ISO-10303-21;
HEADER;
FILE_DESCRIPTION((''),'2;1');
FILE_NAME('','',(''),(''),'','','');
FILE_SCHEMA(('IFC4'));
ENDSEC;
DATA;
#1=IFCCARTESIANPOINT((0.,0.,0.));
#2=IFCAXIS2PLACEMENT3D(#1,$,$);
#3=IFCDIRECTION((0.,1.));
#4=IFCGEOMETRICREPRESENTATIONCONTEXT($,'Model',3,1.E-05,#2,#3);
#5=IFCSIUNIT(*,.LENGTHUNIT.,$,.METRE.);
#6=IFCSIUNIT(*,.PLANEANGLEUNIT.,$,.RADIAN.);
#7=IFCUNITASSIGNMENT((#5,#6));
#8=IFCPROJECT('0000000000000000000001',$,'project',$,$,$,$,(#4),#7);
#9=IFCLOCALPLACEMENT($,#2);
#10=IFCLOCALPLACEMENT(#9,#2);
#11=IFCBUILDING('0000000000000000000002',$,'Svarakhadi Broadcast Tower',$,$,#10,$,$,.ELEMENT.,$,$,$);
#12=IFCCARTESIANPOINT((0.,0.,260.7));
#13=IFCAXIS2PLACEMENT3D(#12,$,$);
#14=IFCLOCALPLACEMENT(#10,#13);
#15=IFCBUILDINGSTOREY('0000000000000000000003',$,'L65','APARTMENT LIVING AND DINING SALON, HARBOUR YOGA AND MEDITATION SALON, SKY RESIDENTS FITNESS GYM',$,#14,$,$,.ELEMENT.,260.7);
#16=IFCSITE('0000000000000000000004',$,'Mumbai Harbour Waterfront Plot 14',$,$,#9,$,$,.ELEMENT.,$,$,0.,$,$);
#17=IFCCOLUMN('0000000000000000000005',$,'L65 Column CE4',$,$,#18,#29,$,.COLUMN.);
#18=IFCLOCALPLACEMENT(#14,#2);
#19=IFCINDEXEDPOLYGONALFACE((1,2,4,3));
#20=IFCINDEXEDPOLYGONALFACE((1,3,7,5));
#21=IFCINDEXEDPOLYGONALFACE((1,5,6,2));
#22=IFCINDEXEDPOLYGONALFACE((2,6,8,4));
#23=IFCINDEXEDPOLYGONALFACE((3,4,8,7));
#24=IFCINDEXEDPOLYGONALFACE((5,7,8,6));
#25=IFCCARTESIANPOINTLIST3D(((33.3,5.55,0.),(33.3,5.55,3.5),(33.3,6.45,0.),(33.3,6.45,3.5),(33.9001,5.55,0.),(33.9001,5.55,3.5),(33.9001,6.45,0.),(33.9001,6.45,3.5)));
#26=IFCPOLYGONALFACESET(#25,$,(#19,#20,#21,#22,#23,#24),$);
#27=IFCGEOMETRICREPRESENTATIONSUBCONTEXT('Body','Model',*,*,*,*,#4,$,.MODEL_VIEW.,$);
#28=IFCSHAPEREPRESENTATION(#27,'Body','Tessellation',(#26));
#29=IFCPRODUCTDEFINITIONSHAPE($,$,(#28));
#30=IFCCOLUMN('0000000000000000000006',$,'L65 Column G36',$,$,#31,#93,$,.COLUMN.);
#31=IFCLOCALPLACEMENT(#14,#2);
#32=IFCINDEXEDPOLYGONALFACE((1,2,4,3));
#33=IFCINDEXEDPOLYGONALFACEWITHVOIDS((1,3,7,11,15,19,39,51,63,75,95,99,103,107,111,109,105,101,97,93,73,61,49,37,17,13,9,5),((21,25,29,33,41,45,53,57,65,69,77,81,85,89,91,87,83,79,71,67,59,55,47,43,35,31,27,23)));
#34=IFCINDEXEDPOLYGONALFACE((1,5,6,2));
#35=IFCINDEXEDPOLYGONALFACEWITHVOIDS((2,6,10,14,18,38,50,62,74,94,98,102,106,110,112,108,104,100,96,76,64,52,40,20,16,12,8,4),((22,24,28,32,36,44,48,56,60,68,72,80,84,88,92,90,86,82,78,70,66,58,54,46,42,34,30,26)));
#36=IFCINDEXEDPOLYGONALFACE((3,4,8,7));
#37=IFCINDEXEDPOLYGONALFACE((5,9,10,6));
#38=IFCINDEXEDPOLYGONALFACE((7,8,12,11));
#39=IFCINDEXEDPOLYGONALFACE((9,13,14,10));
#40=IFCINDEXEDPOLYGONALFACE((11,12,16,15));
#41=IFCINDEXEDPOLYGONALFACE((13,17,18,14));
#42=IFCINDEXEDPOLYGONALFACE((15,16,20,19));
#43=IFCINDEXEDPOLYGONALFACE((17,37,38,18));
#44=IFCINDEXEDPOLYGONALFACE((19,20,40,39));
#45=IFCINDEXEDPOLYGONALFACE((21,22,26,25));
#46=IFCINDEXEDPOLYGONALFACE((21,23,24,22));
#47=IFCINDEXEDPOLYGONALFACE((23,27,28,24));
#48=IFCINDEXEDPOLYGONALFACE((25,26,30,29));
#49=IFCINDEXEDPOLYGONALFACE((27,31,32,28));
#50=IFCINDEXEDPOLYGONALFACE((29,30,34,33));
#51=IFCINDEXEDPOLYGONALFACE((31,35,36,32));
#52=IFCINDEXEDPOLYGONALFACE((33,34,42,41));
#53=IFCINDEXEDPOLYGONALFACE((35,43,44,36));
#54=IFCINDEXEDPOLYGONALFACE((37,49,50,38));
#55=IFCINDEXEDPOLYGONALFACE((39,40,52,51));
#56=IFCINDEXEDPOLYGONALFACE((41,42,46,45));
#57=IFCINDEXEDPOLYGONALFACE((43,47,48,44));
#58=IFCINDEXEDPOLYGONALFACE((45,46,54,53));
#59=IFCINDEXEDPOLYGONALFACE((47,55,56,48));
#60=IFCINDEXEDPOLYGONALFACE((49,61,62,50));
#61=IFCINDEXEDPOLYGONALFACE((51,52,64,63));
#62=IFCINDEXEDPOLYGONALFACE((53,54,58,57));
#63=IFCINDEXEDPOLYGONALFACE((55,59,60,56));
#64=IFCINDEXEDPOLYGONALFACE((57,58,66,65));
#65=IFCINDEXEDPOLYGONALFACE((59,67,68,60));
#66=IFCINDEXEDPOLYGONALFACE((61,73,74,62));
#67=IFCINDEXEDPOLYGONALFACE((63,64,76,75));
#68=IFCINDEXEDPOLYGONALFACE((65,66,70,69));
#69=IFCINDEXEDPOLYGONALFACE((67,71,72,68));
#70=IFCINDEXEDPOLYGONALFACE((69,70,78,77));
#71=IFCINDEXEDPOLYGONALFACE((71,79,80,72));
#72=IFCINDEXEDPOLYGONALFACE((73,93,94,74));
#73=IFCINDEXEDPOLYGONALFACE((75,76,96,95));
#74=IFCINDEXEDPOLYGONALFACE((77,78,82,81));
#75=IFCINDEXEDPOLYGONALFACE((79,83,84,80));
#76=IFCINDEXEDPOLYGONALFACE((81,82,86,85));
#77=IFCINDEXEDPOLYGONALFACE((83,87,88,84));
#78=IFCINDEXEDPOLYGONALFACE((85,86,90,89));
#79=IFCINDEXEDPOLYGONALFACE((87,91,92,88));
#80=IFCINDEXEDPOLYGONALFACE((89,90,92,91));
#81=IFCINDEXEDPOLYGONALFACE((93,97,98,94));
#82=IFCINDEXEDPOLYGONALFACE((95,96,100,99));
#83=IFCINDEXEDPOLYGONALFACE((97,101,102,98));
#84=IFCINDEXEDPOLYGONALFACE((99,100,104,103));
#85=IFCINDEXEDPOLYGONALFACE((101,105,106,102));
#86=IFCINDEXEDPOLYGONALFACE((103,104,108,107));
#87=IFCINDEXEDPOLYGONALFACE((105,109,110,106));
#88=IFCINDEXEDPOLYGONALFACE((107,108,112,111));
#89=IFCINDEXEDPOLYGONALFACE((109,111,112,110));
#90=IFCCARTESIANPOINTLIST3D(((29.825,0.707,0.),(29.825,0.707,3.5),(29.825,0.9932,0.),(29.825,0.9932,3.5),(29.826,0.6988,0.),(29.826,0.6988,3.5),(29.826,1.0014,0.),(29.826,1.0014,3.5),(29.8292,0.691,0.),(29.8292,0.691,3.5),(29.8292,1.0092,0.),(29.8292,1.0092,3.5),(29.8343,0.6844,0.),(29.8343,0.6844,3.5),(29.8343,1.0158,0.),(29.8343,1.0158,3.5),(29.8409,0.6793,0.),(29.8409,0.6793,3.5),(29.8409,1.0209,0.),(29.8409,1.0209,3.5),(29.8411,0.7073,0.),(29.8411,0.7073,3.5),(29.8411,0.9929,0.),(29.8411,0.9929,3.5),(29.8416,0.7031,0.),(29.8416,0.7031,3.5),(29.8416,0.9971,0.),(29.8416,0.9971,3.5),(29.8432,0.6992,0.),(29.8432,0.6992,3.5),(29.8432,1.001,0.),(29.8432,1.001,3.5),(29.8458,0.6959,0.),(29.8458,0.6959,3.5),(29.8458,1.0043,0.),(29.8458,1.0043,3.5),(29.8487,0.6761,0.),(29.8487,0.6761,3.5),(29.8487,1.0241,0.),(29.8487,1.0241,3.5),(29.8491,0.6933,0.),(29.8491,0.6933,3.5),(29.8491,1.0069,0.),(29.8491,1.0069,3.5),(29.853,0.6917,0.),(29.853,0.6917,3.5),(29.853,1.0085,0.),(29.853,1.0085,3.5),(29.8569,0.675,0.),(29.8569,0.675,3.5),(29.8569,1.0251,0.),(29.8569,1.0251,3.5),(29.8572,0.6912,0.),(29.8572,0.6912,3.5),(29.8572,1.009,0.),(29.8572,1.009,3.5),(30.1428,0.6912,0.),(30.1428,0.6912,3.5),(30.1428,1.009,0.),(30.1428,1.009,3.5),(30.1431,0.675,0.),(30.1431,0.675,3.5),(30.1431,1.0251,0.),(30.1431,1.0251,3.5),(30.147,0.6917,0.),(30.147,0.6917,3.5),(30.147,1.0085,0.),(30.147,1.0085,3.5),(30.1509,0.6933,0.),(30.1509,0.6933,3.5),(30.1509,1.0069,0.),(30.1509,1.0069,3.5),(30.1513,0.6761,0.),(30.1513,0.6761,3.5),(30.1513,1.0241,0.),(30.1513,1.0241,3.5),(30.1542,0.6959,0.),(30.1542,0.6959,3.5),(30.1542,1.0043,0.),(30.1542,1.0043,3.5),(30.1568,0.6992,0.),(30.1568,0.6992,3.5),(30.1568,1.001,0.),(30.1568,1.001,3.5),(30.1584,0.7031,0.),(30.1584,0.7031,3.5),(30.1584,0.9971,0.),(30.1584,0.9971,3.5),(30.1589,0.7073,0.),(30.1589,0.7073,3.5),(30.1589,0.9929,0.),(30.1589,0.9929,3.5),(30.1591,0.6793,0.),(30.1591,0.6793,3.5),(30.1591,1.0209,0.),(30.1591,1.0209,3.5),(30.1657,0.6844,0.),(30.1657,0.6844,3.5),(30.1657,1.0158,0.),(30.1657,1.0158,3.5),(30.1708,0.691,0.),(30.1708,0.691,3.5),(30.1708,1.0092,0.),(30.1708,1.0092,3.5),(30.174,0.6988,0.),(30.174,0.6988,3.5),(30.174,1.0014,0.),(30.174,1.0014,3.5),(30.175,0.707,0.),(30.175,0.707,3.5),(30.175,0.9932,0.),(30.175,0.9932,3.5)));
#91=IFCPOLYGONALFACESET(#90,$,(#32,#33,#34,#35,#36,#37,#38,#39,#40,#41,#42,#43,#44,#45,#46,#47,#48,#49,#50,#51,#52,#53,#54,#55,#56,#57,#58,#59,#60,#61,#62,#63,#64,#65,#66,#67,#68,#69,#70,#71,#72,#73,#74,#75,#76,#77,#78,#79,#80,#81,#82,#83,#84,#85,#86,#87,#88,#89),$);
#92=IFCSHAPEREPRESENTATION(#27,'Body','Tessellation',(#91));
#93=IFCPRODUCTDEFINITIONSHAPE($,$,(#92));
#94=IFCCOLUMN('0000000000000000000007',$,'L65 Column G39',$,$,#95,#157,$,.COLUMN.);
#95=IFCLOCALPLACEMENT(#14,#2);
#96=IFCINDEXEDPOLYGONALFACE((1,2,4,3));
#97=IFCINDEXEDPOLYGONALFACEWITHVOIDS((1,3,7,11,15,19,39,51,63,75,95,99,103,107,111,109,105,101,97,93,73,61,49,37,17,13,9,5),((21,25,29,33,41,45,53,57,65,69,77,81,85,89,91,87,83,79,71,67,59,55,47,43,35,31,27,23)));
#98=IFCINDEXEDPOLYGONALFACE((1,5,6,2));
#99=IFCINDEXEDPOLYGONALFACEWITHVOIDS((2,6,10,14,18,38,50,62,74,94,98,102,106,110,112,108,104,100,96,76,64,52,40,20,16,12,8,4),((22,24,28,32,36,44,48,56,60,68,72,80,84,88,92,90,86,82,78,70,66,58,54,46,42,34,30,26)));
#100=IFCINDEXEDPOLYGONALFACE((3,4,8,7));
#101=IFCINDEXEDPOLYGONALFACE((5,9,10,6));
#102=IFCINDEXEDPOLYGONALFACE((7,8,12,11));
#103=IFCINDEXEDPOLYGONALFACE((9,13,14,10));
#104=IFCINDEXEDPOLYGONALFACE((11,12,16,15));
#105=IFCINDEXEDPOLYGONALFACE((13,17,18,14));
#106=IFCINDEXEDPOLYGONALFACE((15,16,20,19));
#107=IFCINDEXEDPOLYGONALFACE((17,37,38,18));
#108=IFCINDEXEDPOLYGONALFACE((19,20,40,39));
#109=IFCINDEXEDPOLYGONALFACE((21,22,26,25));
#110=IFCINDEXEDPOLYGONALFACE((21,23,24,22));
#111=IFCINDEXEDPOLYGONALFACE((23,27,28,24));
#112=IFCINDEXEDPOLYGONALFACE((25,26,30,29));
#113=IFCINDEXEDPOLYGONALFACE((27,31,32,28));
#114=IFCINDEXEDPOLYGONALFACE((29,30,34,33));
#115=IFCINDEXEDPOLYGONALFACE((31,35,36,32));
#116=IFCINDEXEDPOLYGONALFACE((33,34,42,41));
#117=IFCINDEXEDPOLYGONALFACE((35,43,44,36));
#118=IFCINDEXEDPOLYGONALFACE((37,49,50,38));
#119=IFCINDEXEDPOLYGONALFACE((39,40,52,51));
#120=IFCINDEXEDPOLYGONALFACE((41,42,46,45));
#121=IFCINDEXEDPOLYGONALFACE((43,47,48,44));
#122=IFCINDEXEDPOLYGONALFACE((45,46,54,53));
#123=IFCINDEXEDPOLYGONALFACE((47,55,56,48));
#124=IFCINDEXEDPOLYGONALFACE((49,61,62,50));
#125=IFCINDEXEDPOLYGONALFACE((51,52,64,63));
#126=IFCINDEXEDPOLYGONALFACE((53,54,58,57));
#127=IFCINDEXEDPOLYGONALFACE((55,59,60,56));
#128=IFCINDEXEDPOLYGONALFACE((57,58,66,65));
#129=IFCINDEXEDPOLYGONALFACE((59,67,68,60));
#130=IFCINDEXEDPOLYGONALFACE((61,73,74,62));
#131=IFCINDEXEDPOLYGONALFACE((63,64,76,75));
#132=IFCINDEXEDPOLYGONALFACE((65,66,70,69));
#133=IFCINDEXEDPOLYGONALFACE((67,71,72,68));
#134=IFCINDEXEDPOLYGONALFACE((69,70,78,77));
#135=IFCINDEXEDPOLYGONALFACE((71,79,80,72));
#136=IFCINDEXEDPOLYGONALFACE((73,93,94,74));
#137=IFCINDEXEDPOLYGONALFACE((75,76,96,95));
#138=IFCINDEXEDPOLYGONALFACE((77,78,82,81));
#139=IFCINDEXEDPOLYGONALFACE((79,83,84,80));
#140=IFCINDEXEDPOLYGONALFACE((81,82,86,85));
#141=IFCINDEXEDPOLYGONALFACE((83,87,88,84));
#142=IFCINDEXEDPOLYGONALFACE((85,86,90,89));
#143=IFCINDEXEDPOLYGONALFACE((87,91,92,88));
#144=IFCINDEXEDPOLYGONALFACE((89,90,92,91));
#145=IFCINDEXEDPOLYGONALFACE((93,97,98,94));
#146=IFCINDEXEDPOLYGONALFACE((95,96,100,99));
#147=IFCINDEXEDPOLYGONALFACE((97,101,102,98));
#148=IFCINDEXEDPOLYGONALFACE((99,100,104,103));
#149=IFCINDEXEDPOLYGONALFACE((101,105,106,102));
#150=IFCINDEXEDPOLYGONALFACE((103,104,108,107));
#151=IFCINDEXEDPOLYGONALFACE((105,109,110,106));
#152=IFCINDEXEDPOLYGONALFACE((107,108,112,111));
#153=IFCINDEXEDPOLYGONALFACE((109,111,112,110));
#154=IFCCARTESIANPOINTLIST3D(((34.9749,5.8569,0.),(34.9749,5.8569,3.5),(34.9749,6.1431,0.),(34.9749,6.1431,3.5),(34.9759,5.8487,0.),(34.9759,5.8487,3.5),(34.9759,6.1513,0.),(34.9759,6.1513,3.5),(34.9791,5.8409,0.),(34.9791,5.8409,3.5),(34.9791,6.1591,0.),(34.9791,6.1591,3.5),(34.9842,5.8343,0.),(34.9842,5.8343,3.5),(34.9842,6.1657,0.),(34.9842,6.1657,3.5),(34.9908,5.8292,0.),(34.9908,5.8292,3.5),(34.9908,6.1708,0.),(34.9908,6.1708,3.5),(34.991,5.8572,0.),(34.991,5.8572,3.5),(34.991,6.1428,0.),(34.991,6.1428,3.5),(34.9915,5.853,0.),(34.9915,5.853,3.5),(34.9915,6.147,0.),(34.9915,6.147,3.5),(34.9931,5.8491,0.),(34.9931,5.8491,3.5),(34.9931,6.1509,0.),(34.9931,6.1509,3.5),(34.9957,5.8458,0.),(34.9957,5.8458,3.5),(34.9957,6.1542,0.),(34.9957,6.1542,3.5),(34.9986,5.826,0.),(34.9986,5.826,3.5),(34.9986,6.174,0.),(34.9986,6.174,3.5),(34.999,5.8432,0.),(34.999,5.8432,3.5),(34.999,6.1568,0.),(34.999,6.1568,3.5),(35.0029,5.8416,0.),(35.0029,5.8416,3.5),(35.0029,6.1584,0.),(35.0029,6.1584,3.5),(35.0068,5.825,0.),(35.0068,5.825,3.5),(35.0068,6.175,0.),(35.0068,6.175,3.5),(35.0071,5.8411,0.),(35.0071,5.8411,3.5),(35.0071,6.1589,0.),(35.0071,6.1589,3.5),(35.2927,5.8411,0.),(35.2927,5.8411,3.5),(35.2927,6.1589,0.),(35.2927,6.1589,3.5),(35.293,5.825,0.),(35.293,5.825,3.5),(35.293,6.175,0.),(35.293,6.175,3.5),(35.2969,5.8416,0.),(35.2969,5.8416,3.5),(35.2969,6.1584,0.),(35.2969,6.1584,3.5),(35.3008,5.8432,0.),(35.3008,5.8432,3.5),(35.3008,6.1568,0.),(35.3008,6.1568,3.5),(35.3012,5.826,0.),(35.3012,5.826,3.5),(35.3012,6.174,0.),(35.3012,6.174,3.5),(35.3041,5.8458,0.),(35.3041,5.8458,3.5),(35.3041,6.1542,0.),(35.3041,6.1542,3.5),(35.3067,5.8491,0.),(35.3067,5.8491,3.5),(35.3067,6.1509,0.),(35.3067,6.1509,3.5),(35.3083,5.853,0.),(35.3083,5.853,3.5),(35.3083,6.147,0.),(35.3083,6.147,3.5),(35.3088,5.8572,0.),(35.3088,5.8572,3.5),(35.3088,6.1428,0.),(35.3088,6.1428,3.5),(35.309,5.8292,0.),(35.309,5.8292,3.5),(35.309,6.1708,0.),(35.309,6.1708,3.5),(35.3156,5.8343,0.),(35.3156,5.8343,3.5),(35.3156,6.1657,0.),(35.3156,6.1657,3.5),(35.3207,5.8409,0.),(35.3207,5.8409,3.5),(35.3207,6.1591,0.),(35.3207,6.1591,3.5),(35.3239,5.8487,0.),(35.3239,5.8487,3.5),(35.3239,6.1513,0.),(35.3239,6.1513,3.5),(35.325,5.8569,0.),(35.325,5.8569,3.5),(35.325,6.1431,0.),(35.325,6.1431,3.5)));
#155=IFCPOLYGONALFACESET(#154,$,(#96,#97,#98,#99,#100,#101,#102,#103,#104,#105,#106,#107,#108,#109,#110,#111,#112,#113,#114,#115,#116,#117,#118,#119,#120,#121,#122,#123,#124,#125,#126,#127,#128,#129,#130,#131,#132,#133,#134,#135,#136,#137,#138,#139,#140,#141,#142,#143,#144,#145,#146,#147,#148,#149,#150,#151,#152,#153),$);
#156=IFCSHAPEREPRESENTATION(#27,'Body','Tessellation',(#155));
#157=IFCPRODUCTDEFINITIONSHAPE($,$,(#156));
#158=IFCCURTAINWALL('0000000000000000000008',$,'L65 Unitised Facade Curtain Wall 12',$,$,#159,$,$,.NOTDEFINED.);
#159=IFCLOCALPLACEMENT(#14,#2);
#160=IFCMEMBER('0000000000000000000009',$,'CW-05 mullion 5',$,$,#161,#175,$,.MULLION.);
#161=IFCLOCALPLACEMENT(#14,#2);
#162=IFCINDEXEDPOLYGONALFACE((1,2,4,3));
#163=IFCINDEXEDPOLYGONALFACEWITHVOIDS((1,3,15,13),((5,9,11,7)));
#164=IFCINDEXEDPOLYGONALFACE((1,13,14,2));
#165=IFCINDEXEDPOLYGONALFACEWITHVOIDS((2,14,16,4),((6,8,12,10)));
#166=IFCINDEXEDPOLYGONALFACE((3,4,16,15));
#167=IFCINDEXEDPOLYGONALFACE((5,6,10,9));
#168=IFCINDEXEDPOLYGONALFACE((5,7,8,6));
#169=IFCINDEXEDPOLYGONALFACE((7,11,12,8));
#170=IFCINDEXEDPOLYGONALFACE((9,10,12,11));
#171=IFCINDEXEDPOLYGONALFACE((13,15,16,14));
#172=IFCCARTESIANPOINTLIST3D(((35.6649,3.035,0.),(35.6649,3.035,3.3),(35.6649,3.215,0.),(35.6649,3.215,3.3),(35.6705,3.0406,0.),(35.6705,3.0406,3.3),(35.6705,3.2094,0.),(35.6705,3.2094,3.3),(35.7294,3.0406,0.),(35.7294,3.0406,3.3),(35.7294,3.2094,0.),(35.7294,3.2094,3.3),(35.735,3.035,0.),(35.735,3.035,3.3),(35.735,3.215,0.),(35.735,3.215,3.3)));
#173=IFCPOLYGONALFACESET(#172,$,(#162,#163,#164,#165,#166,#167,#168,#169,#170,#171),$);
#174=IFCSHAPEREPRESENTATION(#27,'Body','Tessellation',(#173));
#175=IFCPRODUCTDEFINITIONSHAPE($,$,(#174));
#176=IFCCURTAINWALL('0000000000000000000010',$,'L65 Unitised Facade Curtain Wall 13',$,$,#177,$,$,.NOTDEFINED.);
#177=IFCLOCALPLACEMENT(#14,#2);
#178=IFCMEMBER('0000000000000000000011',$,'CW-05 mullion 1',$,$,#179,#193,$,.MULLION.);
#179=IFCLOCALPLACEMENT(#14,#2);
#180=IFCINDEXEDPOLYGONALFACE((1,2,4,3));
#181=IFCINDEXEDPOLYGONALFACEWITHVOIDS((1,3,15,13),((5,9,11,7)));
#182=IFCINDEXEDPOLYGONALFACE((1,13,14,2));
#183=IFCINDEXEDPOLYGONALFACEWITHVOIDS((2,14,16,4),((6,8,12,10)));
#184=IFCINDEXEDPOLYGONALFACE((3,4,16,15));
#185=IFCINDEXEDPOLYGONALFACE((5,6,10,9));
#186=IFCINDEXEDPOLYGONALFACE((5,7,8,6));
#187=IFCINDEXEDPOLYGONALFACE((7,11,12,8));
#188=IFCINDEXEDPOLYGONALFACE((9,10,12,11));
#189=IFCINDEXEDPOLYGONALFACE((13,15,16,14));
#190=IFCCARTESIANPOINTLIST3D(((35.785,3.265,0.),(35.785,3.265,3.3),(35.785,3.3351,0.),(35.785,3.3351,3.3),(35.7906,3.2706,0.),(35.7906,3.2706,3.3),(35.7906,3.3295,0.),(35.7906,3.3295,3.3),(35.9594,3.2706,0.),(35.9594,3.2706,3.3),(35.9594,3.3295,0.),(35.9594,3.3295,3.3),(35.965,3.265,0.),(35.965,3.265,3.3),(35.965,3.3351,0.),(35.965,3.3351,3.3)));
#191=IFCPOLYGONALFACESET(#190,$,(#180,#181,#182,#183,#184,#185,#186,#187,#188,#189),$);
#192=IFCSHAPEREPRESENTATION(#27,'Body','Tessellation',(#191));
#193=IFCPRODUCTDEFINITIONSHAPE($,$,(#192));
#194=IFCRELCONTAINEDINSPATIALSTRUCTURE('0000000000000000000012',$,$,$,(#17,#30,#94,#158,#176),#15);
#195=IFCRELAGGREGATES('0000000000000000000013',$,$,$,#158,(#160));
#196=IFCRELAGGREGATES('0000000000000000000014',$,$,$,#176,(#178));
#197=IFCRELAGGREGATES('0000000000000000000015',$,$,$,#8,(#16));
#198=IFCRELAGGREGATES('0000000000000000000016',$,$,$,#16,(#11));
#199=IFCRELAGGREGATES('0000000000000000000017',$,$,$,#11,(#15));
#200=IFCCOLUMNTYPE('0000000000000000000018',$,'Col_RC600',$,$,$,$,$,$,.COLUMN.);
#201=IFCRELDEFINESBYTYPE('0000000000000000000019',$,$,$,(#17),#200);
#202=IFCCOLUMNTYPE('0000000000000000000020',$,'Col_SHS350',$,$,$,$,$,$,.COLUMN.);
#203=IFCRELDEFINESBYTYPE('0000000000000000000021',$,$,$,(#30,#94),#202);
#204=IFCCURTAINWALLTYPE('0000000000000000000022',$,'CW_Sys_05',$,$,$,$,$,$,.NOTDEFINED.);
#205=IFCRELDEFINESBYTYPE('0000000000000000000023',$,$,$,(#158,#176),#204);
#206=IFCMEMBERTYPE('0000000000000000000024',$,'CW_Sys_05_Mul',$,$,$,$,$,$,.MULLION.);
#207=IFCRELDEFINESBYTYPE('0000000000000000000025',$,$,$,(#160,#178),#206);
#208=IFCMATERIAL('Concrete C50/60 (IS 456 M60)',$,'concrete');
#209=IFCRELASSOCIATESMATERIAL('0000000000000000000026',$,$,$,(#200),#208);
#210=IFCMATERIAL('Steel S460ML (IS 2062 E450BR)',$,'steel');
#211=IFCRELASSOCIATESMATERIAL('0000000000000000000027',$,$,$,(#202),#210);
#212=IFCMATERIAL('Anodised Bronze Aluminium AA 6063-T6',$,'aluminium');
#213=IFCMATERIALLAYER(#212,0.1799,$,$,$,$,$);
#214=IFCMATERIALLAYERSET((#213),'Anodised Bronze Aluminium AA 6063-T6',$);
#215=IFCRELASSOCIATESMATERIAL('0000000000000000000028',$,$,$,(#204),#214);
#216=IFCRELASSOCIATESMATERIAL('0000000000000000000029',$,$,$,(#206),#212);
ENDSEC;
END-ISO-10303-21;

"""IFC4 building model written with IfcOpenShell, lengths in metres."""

from ifc_helpers import new_model, si_unit, direction, frame, origin, origin_2d, place, context, subcontext, project, spatial, rectangle, hollow_rectangle, extrude, material, layer, layer_set, material_profile, profile_set, type_object, element, aggregate, save


model = new_model("IFC4")

# Units and contexts
model_context = context("Model", 3, precision=1e-05, world=origin(), true_north=direction((0.0, 1.0)))
body_context = subcontext(model_context, "Body", "Model", "MODEL_VIEW")
ifc_project = project(units=[si_unit("LENGTHUNIT", "METRE"), si_unit("PLANEANGLEUNIT", "RADIAN")], contexts=[model_context])

# Site, building, storey
site_placement = place(None, origin())
site = spatial("IfcSite", under=ifc_project, at=site_placement, Name="Mumbai Harbour Waterfront Plot 14", CompositionType="ELEMENT", RefElevation=0.0)
building_placement = place(site_placement, origin())
building = spatial("IfcBuilding", under=site, at=building_placement, Name="Svarakhadi Broadcast Tower", CompositionType="ELEMENT")
storey_placement = place(building_placement, frame((0.0, 0.0, 260.7)))
storey = spatial("IfcBuildingStorey", under=building, at=storey_placement, Name="L65", Description="APARTMENT LIVING AND DINING SALON, HARBOUR YOGA AND MEDITATION SALON, SKY RESIDENTS FITNESS GYM", CompositionType="ELEMENT", Elevation=260.7)

# Columns
ifc_material_1 = material(Name="Concrete C50/60 (IS 456 M60)", Category="concrete")
ifc_material_profile_1 = material_profile(ifc_material_1, rectangle(XDim=0.6001, YDim=0.8999, at=origin_2d()), Name="RC 600x900")
ifc_profile_set_1 = profile_set([ifc_material_profile_1], Name="Concrete C50/60 (IS 456 M60)")
column_type_1 = type_object("IfcColumnType", Name="Col_RC600", PredefinedType="COLUMN", material=ifc_profile_set_1)
column_placement = place(storey_placement, frame((33.6001, 6.0, 0.0), z_axis=(0.0, 0.0, 1.0), x_axis=(1.0, 0.0, 0.0)))
element("IfcColumn", 1, at=column_placement, inside=storey, type_object=column_type_1, Name="L65 Column CE4", PredefinedType="COLUMN", context=body_context, shape_type="SweptSolid", body=[
    extrude(rectangle(XDim=0.6001, YDim=0.8999, at=origin_2d()), origin(), (0.0, 0.0, 1.0), 3.5),
])
ifc_material_2 = material(Name="Steel S460ML (IS 2062 E450BR)", Category="steel")
ifc_material_profile_2 = material_profile(ifc_material_2, hollow_rectangle(XDim=0.3501, YDim=0.3501, WallThickness=0.0161, InnerFilletRadius=0.0161, OuterFilletRadius=0.032, at=origin_2d()), Name="SHS 350x350x16")
ifc_profile_set_2 = profile_set([ifc_material_profile_2], Name="Steel S460ML (IS 2062 E450BR)")
column_type_2 = type_object("IfcColumnType", Name="Col_SHS350", PredefinedType="COLUMN", material=ifc_profile_set_2)
for number, where, z_axis, x_axis, name in (
    (2, (30.0, 0.8501, 0.0), (0.0, 0.0, 1.0), (1.0, 0.0, 0.0), "L65 Column G36"),
    (3, (35.1499, 6.0, 0.0), (0.0, 0.0, 1.0), (1.0, 0.0, 0.0), "L65 Column G39"),
):
    element("IfcColumn", number, at=place(storey_placement, frame(where, z_axis=z_axis, x_axis=x_axis)), inside=storey, type_object=column_type_2, Name=name, PredefinedType="COLUMN", context=body_context, shape_type="SweptSolid", body=[
        extrude(hollow_rectangle(XDim=0.3501, YDim=0.3501, WallThickness=0.0161, InnerFilletRadius=0.0161, OuterFilletRadius=0.032, at=origin_2d()), origin(), (0.0, 0.0, 1.0), 3.5),
    ])

# Curtain wall, member
ifc_material_3 = material(Name="Anodised Bronze Aluminium AA 6063-T6", Category="aluminium")
ifc_layer_1 = layer(ifc_material_3, 0.1799)
ifc_layer_set_1 = layer_set([ifc_layer_1], Name="Anodised Bronze Aluminium AA 6063-T6")
curtain_wall_type = type_object("IfcCurtainWallType", Name="CW_Sys_05", PredefinedType="NOTDEFINED", material=ifc_layer_set_1)
curtain_wall_1_placement = place(storey_placement, origin())
curtain_wall_1 = element("IfcCurtainWall", 4, at=curtain_wall_1_placement, inside=storey, type_object=curtain_wall_type, Name="L65 Unitised Facade Curtain Wall 12", PredefinedType="NOTDEFINED")
ifc_material_profile_3 = material_profile(ifc_material_3, hollow_rectangle(XDim=0.0701, YDim=0.1799, WallThickness=0.0056, at=origin_2d()), Name="ALU MULLION 180x70x6")
ifc_profile_set_3 = profile_set([ifc_material_profile_3], Name="Anodised Bronze Aluminium AA 6063-T6")
member_type_1 = type_object("IfcMemberType", Name="CW_Sys_05_Mul", PredefinedType="MULLION", material=ifc_profile_set_3)
member_1_placement = place(storey_placement, frame((35.7, 3.125, 0.0), z_axis=(0.0, 0.0, 1.0), x_axis=(1.0, 0.0, 0.0)))
member_1 = element("IfcMember", 5, at=member_1_placement, type_object=member_type_1, Name="CW-05 mullion 5", PredefinedType="MULLION", context=body_context, shape_type="SweptSolid", body=[
    extrude(hollow_rectangle(XDim=0.0701, YDim=0.1799, WallThickness=0.0056, at=origin_2d()), origin(), (0.0, 0.0, 1.0), 3.3),
])

# Curtain wall, member
curtain_wall_2_placement = place(storey_placement, origin())
curtain_wall_2 = element("IfcCurtainWall", 6, at=curtain_wall_2_placement, inside=storey, type_object=curtain_wall_type, Name="L65 Unitised Facade Curtain Wall 13", PredefinedType="NOTDEFINED")
member_2_placement = place(storey_placement, frame((35.875, 3.3, 0.0), z_axis=(0.0, 0.0, 1.0), x_axis=(0.0, -1.0, 0.0)))
member_2 = element("IfcMember", 7, at=member_2_placement, type_object=member_type_1, Name="CW-05 mullion 1", PredefinedType="MULLION", context=body_context, shape_type="SweptSolid", body=[
    extrude(hollow_rectangle(XDim=0.0701, YDim=0.1799, WallThickness=0.0056, at=origin_2d()), origin(), (0.0, 0.0, 1.0), 3.3),
])

aggregate(curtain_wall_1, [member_1])
aggregate(curtain_wall_2, [member_2])

save(model, "model.ifc")
